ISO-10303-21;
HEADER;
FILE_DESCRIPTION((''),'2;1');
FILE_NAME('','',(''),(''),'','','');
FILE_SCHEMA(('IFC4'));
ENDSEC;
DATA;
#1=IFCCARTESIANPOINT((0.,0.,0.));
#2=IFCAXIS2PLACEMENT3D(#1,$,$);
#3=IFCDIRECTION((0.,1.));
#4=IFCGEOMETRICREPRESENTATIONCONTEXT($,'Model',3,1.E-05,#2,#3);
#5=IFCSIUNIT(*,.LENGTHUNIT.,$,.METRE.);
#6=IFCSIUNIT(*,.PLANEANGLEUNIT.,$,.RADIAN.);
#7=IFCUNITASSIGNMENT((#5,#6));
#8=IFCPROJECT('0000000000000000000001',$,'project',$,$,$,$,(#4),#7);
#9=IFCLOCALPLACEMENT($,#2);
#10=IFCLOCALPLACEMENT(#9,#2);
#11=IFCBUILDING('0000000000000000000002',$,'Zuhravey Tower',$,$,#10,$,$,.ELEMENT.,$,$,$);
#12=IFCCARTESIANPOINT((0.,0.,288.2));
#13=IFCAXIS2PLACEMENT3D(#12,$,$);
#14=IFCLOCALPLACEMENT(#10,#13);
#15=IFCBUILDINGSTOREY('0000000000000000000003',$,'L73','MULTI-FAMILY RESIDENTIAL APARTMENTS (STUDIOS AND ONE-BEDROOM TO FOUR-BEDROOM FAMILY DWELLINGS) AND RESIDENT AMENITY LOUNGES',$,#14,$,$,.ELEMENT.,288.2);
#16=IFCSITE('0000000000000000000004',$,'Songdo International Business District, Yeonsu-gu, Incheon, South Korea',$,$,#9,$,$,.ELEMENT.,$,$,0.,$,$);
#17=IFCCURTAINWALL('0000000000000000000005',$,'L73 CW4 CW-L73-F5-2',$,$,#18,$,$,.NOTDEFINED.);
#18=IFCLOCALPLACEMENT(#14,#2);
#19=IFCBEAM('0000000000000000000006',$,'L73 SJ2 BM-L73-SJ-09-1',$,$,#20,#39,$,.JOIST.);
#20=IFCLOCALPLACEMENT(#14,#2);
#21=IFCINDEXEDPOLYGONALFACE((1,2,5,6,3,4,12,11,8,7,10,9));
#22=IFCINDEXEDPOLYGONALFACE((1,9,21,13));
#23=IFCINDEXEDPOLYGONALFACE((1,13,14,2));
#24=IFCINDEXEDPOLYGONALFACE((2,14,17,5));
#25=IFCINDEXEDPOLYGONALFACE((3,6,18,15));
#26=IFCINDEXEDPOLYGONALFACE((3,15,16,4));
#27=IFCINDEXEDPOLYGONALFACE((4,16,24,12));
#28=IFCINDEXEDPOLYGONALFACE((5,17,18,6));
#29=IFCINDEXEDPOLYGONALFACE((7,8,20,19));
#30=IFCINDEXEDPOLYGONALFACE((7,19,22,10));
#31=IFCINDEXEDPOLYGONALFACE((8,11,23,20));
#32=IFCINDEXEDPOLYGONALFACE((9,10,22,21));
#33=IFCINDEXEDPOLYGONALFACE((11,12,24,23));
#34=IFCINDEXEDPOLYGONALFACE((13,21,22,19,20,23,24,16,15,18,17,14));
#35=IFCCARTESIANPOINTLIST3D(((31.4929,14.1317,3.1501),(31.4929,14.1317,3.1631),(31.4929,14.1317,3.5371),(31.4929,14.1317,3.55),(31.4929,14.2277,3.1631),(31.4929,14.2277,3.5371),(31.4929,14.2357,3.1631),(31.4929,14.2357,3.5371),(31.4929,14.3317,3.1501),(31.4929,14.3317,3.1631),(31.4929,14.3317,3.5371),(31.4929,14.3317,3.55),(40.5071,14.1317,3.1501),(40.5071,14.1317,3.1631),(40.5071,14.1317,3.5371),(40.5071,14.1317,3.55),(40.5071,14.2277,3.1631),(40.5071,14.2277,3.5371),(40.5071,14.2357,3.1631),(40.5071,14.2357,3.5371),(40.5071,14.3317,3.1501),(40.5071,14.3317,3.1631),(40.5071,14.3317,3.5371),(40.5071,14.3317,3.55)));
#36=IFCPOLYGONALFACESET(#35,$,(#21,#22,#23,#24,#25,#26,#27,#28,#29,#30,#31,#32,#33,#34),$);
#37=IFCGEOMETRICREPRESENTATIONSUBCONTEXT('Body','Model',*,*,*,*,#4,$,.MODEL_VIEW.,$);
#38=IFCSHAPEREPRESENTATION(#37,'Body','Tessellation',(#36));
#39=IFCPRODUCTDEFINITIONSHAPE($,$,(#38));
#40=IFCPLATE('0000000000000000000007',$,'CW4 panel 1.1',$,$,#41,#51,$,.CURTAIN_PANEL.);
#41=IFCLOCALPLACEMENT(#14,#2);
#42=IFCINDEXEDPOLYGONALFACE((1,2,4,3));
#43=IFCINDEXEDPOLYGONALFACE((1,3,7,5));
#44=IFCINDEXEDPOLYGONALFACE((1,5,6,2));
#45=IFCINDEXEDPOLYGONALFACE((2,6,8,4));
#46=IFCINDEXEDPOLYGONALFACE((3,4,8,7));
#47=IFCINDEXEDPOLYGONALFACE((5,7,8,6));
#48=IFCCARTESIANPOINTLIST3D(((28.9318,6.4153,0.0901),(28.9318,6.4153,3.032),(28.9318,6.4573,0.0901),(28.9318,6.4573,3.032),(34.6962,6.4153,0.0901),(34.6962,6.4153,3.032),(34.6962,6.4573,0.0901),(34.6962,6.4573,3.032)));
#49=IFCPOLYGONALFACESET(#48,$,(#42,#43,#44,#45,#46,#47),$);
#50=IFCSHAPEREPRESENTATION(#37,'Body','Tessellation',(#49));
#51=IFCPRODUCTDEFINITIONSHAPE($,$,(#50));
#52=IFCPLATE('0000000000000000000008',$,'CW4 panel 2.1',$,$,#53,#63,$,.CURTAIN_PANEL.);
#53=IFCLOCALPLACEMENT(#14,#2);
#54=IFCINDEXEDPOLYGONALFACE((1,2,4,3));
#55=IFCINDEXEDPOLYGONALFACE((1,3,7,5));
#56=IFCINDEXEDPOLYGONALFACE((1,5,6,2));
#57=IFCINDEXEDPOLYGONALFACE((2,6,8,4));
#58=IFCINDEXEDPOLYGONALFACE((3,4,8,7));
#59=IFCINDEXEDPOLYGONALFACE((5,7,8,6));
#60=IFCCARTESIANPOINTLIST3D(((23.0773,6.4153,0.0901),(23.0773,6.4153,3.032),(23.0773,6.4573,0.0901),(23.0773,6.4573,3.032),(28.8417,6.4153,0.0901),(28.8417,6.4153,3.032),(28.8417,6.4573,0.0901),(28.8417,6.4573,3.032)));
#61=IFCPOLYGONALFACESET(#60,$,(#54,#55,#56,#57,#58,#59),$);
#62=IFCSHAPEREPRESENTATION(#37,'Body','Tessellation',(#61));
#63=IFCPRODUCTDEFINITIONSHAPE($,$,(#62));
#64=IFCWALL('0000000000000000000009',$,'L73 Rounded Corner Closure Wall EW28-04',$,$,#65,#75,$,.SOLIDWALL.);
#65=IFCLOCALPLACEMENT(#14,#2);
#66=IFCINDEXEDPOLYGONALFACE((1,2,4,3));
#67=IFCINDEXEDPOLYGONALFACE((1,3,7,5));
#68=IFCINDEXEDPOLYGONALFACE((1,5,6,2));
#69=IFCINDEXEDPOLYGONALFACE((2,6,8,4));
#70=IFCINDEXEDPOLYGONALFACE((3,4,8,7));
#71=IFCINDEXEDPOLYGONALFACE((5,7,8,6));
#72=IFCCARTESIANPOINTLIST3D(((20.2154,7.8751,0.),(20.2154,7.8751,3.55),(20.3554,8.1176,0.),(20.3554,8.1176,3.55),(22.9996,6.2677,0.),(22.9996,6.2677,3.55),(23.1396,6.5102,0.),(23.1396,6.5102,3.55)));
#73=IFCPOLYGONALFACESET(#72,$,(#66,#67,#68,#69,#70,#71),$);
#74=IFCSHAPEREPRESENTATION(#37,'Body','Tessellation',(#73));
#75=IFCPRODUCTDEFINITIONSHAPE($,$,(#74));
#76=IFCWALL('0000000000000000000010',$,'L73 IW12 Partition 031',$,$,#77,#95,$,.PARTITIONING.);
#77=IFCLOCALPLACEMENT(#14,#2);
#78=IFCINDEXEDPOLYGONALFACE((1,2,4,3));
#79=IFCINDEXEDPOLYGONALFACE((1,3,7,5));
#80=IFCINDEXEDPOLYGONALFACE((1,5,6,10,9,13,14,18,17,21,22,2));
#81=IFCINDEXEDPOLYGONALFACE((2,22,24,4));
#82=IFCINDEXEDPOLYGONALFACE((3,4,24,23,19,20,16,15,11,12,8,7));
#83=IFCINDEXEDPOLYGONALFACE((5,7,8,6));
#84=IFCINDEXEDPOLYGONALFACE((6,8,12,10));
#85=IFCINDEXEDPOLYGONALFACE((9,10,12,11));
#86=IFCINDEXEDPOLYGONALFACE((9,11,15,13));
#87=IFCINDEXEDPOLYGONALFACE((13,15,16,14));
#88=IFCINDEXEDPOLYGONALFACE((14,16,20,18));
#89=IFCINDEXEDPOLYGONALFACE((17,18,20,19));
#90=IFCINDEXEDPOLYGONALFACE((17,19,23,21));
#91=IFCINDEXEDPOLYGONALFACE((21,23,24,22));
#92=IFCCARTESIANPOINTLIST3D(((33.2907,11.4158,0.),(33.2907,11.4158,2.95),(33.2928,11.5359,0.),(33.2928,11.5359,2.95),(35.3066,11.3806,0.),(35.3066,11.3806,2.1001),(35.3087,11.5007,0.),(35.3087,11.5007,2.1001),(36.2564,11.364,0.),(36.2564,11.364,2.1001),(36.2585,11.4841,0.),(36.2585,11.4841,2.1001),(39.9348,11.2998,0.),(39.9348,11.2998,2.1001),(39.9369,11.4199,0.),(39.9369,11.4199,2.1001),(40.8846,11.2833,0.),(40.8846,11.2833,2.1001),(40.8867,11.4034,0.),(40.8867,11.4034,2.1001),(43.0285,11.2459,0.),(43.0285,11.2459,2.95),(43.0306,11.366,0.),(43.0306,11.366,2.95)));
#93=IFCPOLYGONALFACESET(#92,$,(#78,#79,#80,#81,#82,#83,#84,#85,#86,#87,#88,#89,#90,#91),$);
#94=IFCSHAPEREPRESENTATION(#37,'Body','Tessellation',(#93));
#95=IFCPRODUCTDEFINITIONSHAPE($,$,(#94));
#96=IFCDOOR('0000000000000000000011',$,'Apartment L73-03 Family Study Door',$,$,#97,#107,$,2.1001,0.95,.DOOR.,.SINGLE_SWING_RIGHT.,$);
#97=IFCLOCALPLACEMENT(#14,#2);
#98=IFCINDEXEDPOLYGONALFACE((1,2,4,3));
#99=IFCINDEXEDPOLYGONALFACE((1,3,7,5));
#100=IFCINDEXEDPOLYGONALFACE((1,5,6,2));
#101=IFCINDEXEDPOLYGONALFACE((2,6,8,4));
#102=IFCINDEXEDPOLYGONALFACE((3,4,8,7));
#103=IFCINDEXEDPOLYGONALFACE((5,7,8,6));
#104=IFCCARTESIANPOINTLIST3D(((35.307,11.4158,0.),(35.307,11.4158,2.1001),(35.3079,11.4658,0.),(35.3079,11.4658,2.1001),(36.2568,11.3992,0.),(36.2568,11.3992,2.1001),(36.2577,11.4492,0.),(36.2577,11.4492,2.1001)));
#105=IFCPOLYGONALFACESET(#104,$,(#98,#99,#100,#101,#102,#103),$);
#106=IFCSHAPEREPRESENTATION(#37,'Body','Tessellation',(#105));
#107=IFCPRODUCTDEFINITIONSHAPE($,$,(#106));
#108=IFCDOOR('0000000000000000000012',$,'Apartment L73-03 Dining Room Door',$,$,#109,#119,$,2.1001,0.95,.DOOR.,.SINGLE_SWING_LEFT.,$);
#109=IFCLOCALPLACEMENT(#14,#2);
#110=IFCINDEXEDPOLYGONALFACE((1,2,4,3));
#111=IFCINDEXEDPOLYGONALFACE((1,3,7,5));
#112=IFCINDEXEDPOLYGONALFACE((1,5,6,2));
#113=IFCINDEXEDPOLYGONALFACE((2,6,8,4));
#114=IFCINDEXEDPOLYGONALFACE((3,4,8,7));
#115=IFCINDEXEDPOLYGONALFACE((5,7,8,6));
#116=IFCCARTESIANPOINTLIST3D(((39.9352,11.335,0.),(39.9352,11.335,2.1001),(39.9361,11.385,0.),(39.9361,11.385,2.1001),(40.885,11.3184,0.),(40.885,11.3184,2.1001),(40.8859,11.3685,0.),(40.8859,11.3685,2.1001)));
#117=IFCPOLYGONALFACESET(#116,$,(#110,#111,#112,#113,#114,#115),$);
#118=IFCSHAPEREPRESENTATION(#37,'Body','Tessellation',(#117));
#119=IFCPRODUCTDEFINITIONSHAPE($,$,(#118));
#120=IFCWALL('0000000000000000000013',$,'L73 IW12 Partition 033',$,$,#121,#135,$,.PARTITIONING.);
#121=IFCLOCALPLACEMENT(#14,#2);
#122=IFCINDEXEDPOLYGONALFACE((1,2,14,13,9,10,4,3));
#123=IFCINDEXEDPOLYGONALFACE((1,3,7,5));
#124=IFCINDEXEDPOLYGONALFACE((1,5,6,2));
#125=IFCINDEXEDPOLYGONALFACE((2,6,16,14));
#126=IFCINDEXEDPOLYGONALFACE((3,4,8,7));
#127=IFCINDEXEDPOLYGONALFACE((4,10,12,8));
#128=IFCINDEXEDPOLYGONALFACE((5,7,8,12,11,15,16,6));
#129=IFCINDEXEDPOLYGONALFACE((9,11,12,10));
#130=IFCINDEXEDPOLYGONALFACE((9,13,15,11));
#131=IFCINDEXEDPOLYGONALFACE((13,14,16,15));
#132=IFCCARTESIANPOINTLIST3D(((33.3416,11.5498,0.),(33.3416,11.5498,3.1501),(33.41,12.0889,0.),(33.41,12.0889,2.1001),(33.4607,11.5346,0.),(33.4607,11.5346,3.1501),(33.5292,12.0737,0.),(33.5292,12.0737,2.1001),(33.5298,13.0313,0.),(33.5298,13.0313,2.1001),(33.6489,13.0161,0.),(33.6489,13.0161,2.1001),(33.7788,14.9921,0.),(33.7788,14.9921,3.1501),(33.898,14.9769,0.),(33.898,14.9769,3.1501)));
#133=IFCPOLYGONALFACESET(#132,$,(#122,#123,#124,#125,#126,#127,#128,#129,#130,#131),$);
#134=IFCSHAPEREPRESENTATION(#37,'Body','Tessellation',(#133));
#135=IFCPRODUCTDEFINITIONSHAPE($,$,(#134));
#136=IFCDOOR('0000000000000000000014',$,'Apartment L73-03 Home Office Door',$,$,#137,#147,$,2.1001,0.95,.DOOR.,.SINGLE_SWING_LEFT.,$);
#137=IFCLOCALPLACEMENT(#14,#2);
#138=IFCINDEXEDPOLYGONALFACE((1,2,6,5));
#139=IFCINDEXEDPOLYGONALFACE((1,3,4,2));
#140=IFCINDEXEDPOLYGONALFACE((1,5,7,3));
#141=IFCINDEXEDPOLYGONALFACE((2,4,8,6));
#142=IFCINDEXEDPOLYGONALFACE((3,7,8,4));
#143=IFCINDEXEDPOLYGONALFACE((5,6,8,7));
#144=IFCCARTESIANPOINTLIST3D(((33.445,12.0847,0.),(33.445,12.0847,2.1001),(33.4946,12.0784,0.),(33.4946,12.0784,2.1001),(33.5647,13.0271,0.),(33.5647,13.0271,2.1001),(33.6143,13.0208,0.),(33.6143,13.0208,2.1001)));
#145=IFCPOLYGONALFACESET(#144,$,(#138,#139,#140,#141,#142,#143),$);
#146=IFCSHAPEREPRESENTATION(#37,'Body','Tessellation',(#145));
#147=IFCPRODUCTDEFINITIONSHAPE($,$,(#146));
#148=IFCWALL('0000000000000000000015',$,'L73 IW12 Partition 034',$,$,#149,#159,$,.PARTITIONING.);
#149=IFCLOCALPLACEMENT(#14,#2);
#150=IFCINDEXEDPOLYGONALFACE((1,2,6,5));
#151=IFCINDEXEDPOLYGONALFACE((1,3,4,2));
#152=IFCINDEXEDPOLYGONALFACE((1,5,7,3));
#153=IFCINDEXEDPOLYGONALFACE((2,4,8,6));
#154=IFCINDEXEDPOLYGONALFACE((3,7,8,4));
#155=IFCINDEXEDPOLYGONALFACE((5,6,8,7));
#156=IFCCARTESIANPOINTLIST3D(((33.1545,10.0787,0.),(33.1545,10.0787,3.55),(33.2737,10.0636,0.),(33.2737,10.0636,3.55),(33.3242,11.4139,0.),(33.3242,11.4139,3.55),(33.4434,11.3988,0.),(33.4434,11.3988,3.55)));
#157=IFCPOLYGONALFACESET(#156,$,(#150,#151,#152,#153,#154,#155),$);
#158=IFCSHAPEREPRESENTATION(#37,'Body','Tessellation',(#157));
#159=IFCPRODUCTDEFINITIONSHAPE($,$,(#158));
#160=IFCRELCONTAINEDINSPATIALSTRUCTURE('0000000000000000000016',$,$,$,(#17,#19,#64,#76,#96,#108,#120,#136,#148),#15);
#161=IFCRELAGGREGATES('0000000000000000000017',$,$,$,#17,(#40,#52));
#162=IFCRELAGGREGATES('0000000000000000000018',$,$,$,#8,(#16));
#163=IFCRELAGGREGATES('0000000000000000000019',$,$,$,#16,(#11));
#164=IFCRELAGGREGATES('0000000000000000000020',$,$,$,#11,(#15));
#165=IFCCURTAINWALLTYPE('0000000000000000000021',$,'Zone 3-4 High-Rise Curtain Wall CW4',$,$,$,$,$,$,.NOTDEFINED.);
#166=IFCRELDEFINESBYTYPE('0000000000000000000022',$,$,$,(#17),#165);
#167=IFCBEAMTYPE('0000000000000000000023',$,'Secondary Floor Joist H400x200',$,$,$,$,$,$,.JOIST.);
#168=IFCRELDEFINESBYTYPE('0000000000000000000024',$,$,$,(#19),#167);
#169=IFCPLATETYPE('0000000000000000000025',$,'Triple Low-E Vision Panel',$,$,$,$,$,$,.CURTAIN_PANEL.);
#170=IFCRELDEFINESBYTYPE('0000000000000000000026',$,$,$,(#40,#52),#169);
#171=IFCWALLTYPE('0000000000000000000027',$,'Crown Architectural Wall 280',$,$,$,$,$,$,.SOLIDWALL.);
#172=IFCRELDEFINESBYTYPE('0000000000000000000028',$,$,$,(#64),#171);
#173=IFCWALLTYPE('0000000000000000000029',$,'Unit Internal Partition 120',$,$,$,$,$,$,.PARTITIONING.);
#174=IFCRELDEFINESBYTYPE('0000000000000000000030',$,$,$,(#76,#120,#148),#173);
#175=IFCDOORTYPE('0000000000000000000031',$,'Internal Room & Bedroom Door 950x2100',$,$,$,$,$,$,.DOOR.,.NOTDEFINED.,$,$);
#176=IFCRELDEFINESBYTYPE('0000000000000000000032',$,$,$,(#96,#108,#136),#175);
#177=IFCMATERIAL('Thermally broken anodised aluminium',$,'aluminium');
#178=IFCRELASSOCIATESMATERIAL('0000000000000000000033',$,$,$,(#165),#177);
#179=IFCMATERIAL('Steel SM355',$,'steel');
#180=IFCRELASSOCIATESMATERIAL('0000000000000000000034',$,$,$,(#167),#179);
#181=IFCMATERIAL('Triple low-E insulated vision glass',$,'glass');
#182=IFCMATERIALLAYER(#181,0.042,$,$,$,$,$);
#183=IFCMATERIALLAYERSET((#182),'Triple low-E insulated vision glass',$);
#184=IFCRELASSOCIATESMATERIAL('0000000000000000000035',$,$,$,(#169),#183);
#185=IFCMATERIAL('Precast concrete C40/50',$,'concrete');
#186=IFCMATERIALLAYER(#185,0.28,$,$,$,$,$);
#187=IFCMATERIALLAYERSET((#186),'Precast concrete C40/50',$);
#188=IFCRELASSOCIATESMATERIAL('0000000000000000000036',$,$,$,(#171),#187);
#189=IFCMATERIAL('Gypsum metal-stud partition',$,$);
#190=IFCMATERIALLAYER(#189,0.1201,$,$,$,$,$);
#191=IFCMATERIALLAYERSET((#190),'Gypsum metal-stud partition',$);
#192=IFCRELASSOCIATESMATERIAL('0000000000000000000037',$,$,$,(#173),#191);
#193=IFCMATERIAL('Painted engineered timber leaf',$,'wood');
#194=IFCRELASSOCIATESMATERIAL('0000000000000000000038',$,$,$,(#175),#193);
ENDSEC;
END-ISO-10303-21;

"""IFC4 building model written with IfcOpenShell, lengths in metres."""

from ifc_helpers import new_model, si_unit, direction, frame, frame_2d, origin, origin_2d, place, context, subcontext, project, spatial, rectangle, i_section, extrude, material, layer, layer_set, material_profile, profile_set, type_object, element, fill, aggregate, save


model = new_model("IFC4")

# Units and contexts
model_context = context("Model", 3, precision=1e-05, world=origin(), true_north=direction((0.0, 1.0)))
body_context = subcontext(model_context, "Body", "Model", "MODEL_VIEW")
ifc_project = project(units=[si_unit("LENGTHUNIT", "METRE"), si_unit("PLANEANGLEUNIT", "RADIAN")], contexts=[model_context])

# Site, building, storey
site_placement = place(None, origin())
site = spatial("IfcSite", under=ifc_project, at=site_placement, Name="Songdo International Business District, Yeonsu-gu, Incheon, South Korea", CompositionType="ELEMENT", RefElevation=0.0)
building_placement = place(site_placement, origin())
building = spatial("IfcBuilding", under=site, at=building_placement, Name="Zuhravey Tower", CompositionType="ELEMENT")
storey_placement = place(building_placement, frame((0.0, 0.0, 288.2)))
storey = spatial("IfcBuildingStorey", under=building, at=storey_placement, Name="L73", Description="MULTI-FAMILY RESIDENTIAL APARTMENTS (STUDIOS AND ONE-BEDROOM TO FOUR-BEDROOM FAMILY DWELLINGS) AND RESIDENT AMENITY LOUNGES", CompositionType="ELEMENT", Elevation=288.2)

# Curtain wall
ifc_material_1 = material(Name="Thermally broken anodised aluminium", Category="aluminium")
curtain_wall_type = type_object("IfcCurtainWallType", Name="Zone 3-4 High-Rise Curtain Wall CW4", PredefinedType="NOTDEFINED", material=ifc_material_1)
curtain_wall_placement = place(storey_placement, origin())
curtain_wall = element("IfcCurtainWall", 1, at=curtain_wall_placement, inside=storey, type_object=curtain_wall_type, Name="L73 CW4 CW-L73-F5-2", PredefinedType="NOTDEFINED")

# Beam
ifc_material_2 = material(Name="Steel SM355", Category="steel")
ifc_material_profile_1 = material_profile(ifc_material_2, i_section(OverallWidth=0.2, OverallDepth=0.3999, WebThickness=0.0081, FlangeThickness=0.0129, at=origin_2d()), Name="H-400x200x8x13")
ifc_profile_set_1 = profile_set([ifc_material_profile_1], Name="Steel SM355")
beam_type_1 = type_object("IfcBeamType", Name="Secondary Floor Joist H400x200", PredefinedType="JOIST", material=ifc_profile_set_1)
beam_1_placement = place(storey_placement, frame((31.4929, 14.2317, 3.3501), z_axis=(1.0, 0.0, 0.0), x_axis=(0.0, 1.0, 0.0)))
element("IfcBeam", 2, at=beam_1_placement, inside=storey, type_object=beam_type_1, Name="L73 SJ2 BM-L73-SJ-09-1", PredefinedType="JOIST", context=body_context, shape_type="SweptSolid", body=[
    extrude(i_section(OverallWidth=0.2, OverallDepth=0.3999, WebThickness=0.0081, FlangeThickness=0.0129, at=origin_2d()), origin(), (0.0, 0.0, 1.0), 9.0142),
])

# Plates
ifc_material_3 = material(Name="Triple low-E insulated vision glass", Category="glass")
ifc_layer_1 = layer(ifc_material_3, 0.042)
ifc_layer_set_1 = layer_set([ifc_layer_1], Name="Triple low-E insulated vision glass")
plate_type = type_object("IfcPlateType", Name="Triple Low-E Vision Panel", PredefinedType="CURTAIN_PANEL", material=ifc_layer_set_1)
plate_1_placement = place(storey_placement, frame((31.814, 6.4363, 0.0901), z_axis=(0.0, 0.0, 1.0), x_axis=(-1.0, 0.0, 0.0)))
plate_1 = element("IfcPlate", 3, at=plate_1_placement, type_object=plate_type, Name="CW4 panel 1.1", PredefinedType="CURTAIN_PANEL", context=body_context, shape_type="SweptSolid", body=[
    extrude(rectangle(XDim=5.7644, YDim=0.042, at=origin_2d()), origin(), (0.0, 0.0, 1.0), 2.9419),
])
plate_2_placement = place(storey_placement, frame((25.9595, 6.4363, 0.0901), z_axis=(0.0, 0.0, 1.0), x_axis=(-1.0, 0.0, 0.0)))
plate_2 = element("IfcPlate", 4, at=plate_2_placement, type_object=plate_type, Name="CW4 panel 2.1", PredefinedType="CURTAIN_PANEL", context=body_context, shape_type="SweptSolid", body=[
    extrude(rectangle(XDim=5.7644, YDim=0.042, at=origin_2d()), origin(), (0.0, 0.0, 1.0), 2.9419),
])
aggregate(curtain_wall, [plate_1, plate_2])

# Wall
ifc_material_4 = material(Name="Precast concrete C40/50", Category="concrete")
ifc_layer_2 = layer(ifc_material_4, 0.28)
ifc_layer_set_2 = layer_set([ifc_layer_2], Name="Precast concrete C40/50")
wall_type_1 = type_object("IfcWallType", Name="Crown Architectural Wall 280", PredefinedType="SOLIDWALL", material=ifc_layer_set_2)
wall_1_placement = place(storey_placement, frame((23.0696, 6.3889, 0.0), z_axis=(0.0, 0.0, 1.0), x_axis=(-0.866029, 0.499994, 0.0)))
element("IfcWall", 5, at=wall_1_placement, inside=storey, type_object=wall_type_1, Name="L73 Rounded Corner Closure Wall EW28-04", PredefinedType="SOLIDWALL", context=body_context, shape_type="SweptSolid", body=[
    extrude(rectangle(XDim=3.2148, YDim=0.28, at=frame_2d((1.6074, 0.0))), origin(), (0.0, 0.0, 1.0), 3.55),
])

# Wall, openings, doors
ifc_material_5 = material(Name="Gypsum metal-stud partition")
ifc_layer_3 = layer(ifc_material_5, 0.1201)
ifc_layer_set_3 = layer_set([ifc_layer_3], Name="Gypsum metal-stud partition")
wall_type_2 = type_object("IfcWallType", Name="Unit Internal Partition 120", PredefinedType="PARTITIONING", material=ifc_layer_set_3)
wall_2_placement = place(storey_placement, frame((33.2917, 11.4758, 0.0), z_axis=(0.0, 0.0, 1.0), x_axis=(0.999848, -0.017447, 0.0)))
wall_2 = element("IfcWall", 6, at=wall_2_placement, inside=storey, type_object=wall_type_2, Name="L73 IW12 Partition 031", PredefinedType="PARTITIONING", context=body_context, shape_type="SweptSolid", body=[
    extrude(rectangle(XDim=9.7393, YDim=0.1201, at=frame_2d((4.8696, 0.0))), origin(), (0.0, 0.0, 1.0), 2.95),
])
opening_1_placement = place(wall_2_placement, frame((2.0161, 0.0, 0.0)))
opening_1 = element("IfcOpeningElement", 7, at=opening_1_placement, cuts=wall_2, PredefinedType="OPENING", context=body_context, shape_type="SweptSolid", body=[
    extrude(rectangle(XDim=0.95, YDim=2.1001, at=frame_2d((0.4751, 1.05))), frame((0.0, 0.072, 0.0), z_axis=(0.0, -1.0, 0.0), x_axis=(1.0, 0.0, 0.0)), (0.0, 0.0, 1.0), 0.144),
])
opening_2_placement = place(wall_2_placement, frame((6.645, 0.0, 0.0)))
opening_2 = element("IfcOpeningElement", 8, at=opening_2_placement, cuts=wall_2, PredefinedType="OPENING", context=body_context, shape_type="SweptSolid", body=[
    extrude(rectangle(XDim=0.95, YDim=2.1001, at=frame_2d((0.4751, 1.05))), frame((0.0, 0.072, 0.0), z_axis=(0.0, -1.0, 0.0), x_axis=(1.0, 0.0, 0.0)), (0.0, 0.0, 1.0), 0.144),
])
ifc_material_6 = material(Name="Painted engineered timber leaf", Category="wood")
door_type = type_object("IfcDoorType", Name="Internal Room & Bedroom Door 950x2100", OperationType="NOTDEFINED", PredefinedType="DOOR", material=ifc_material_6)
door_1_placement = place(opening_1_placement, frame((0.95, 0.0, 0.0), z_axis=(0.0, 0.0, 1.0), x_axis=(-1.0, 0.0, 0.0)))
door_1 = element("IfcDoor", 9, at=door_1_placement, inside=storey, type_object=door_type, Name="Apartment L73-03 Family Study Door", OperationType="SINGLE_SWING_RIGHT", OverallHeight=2.1001, OverallWidth=0.95, PredefinedType="DOOR", context=body_context, shape_type="SweptSolid", body=[
    extrude(rectangle(XDim=0.95, YDim=2.1001, at=frame_2d((0.4751, 1.05))), frame((0.0, 0.0249, 0.0), z_axis=(0.0, -1.0, 0.0), x_axis=(1.0, 0.0, 0.0)), (0.0, 0.0, 1.0), 0.05),
])
fill(opening_1, door_1)
door_2_placement = place(opening_2_placement, frame((0.95, 0.0, 0.0), z_axis=(0.0, 0.0, 1.0), x_axis=(-1.0, 0.0, 0.0)))
door_2 = element("IfcDoor", 10, at=door_2_placement, inside=storey, type_object=door_type, Name="Apartment L73-03 Dining Room Door", OperationType="SINGLE_SWING_LEFT", OverallHeight=2.1001, OverallWidth=0.95, PredefinedType="DOOR", context=body_context, shape_type="SweptSolid", body=[
    extrude(rectangle(XDim=0.95, YDim=2.1001, at=frame_2d((0.4751, 1.05))), frame((0.0, 0.0249, 0.0), z_axis=(0.0, -1.0, 0.0), x_axis=(1.0, 0.0, 0.0)), (0.0, 0.0, 1.0), 0.05),
])
fill(opening_2, door_2)

# Wall, opening, door
wall_3_placement = place(storey_placement, frame((33.8384, 14.9844, 0.0), z_axis=(0.0, 0.0, 1.0), x_axis=(-0.126009, -0.992029, 0.0)))
wall_3 = element("IfcWall", 11, at=wall_3_placement, inside=storey, type_object=wall_type_2, Name="L73 IW12 Partition 033", PredefinedType="PARTITIONING", context=body_context, shape_type="SweptSolid", body=[
    extrude(rectangle(XDim=3.47, YDim=0.1201, at=frame_2d((1.7349, 0.0))), origin(), (0.0, 0.0, 1.0), 3.1501),
])
opening_3_placement = place(wall_3_placement, frame((1.9763, 0.0, 0.0)))
opening_3 = element("IfcOpeningElement", 12, at=opening_3_placement, cuts=wall_3, PredefinedType="OPENING", context=body_context, shape_type="SweptSolid", body=[
    extrude(rectangle(XDim=0.95, YDim=2.1001, at=frame_2d((0.4751, 1.05))), frame((0.0, 0.072, 0.0), z_axis=(0.0, -1.0, 0.0), x_axis=(1.0, 0.0, 0.0)), (0.0, 0.0, 1.0), 0.144),
])
door_3_placement = place(opening_3_placement, frame((0.95, 0.0, 0.0), z_axis=(0.0, 0.0, 1.0), x_axis=(-1.0, 0.0, 0.0)))
door_3 = element("IfcDoor", 13, at=door_3_placement, inside=storey, type_object=door_type, Name="Apartment L73-03 Home Office Door", OperationType="SINGLE_SWING_LEFT", OverallHeight=2.1001, OverallWidth=0.95, PredefinedType="DOOR", context=body_context, shape_type="SweptSolid", body=[
    extrude(rectangle(XDim=0.95, YDim=2.1001, at=frame_2d((0.4751, 1.05))), frame((0.0, 0.0249, 0.0), z_axis=(0.0, -1.0, 0.0), x_axis=(1.0, 0.0, 0.0)), (0.0, 0.0, 1.0), 0.05),
])
fill(opening_3, door_3)

# Wall
wall_4_placement = place(storey_placement, frame((33.3838, 11.4062, 0.0), z_axis=(0.0, 0.0, 1.0), x_axis=(-0.126066, -0.992022, 0.0)))
element("IfcWall", 14, at=wall_4_placement, inside=storey, type_object=wall_type_2, Name="L73 IW12 Partition 034", PredefinedType="PARTITIONING", context=body_context, shape_type="SweptSolid", body=[
    extrude(rectangle(XDim=1.3459, YDim=0.1201, at=frame_2d((0.6729, 0.0))), origin(), (0.0, 0.0, 1.0), 3.55),
])

save(model, "model.ifc")
